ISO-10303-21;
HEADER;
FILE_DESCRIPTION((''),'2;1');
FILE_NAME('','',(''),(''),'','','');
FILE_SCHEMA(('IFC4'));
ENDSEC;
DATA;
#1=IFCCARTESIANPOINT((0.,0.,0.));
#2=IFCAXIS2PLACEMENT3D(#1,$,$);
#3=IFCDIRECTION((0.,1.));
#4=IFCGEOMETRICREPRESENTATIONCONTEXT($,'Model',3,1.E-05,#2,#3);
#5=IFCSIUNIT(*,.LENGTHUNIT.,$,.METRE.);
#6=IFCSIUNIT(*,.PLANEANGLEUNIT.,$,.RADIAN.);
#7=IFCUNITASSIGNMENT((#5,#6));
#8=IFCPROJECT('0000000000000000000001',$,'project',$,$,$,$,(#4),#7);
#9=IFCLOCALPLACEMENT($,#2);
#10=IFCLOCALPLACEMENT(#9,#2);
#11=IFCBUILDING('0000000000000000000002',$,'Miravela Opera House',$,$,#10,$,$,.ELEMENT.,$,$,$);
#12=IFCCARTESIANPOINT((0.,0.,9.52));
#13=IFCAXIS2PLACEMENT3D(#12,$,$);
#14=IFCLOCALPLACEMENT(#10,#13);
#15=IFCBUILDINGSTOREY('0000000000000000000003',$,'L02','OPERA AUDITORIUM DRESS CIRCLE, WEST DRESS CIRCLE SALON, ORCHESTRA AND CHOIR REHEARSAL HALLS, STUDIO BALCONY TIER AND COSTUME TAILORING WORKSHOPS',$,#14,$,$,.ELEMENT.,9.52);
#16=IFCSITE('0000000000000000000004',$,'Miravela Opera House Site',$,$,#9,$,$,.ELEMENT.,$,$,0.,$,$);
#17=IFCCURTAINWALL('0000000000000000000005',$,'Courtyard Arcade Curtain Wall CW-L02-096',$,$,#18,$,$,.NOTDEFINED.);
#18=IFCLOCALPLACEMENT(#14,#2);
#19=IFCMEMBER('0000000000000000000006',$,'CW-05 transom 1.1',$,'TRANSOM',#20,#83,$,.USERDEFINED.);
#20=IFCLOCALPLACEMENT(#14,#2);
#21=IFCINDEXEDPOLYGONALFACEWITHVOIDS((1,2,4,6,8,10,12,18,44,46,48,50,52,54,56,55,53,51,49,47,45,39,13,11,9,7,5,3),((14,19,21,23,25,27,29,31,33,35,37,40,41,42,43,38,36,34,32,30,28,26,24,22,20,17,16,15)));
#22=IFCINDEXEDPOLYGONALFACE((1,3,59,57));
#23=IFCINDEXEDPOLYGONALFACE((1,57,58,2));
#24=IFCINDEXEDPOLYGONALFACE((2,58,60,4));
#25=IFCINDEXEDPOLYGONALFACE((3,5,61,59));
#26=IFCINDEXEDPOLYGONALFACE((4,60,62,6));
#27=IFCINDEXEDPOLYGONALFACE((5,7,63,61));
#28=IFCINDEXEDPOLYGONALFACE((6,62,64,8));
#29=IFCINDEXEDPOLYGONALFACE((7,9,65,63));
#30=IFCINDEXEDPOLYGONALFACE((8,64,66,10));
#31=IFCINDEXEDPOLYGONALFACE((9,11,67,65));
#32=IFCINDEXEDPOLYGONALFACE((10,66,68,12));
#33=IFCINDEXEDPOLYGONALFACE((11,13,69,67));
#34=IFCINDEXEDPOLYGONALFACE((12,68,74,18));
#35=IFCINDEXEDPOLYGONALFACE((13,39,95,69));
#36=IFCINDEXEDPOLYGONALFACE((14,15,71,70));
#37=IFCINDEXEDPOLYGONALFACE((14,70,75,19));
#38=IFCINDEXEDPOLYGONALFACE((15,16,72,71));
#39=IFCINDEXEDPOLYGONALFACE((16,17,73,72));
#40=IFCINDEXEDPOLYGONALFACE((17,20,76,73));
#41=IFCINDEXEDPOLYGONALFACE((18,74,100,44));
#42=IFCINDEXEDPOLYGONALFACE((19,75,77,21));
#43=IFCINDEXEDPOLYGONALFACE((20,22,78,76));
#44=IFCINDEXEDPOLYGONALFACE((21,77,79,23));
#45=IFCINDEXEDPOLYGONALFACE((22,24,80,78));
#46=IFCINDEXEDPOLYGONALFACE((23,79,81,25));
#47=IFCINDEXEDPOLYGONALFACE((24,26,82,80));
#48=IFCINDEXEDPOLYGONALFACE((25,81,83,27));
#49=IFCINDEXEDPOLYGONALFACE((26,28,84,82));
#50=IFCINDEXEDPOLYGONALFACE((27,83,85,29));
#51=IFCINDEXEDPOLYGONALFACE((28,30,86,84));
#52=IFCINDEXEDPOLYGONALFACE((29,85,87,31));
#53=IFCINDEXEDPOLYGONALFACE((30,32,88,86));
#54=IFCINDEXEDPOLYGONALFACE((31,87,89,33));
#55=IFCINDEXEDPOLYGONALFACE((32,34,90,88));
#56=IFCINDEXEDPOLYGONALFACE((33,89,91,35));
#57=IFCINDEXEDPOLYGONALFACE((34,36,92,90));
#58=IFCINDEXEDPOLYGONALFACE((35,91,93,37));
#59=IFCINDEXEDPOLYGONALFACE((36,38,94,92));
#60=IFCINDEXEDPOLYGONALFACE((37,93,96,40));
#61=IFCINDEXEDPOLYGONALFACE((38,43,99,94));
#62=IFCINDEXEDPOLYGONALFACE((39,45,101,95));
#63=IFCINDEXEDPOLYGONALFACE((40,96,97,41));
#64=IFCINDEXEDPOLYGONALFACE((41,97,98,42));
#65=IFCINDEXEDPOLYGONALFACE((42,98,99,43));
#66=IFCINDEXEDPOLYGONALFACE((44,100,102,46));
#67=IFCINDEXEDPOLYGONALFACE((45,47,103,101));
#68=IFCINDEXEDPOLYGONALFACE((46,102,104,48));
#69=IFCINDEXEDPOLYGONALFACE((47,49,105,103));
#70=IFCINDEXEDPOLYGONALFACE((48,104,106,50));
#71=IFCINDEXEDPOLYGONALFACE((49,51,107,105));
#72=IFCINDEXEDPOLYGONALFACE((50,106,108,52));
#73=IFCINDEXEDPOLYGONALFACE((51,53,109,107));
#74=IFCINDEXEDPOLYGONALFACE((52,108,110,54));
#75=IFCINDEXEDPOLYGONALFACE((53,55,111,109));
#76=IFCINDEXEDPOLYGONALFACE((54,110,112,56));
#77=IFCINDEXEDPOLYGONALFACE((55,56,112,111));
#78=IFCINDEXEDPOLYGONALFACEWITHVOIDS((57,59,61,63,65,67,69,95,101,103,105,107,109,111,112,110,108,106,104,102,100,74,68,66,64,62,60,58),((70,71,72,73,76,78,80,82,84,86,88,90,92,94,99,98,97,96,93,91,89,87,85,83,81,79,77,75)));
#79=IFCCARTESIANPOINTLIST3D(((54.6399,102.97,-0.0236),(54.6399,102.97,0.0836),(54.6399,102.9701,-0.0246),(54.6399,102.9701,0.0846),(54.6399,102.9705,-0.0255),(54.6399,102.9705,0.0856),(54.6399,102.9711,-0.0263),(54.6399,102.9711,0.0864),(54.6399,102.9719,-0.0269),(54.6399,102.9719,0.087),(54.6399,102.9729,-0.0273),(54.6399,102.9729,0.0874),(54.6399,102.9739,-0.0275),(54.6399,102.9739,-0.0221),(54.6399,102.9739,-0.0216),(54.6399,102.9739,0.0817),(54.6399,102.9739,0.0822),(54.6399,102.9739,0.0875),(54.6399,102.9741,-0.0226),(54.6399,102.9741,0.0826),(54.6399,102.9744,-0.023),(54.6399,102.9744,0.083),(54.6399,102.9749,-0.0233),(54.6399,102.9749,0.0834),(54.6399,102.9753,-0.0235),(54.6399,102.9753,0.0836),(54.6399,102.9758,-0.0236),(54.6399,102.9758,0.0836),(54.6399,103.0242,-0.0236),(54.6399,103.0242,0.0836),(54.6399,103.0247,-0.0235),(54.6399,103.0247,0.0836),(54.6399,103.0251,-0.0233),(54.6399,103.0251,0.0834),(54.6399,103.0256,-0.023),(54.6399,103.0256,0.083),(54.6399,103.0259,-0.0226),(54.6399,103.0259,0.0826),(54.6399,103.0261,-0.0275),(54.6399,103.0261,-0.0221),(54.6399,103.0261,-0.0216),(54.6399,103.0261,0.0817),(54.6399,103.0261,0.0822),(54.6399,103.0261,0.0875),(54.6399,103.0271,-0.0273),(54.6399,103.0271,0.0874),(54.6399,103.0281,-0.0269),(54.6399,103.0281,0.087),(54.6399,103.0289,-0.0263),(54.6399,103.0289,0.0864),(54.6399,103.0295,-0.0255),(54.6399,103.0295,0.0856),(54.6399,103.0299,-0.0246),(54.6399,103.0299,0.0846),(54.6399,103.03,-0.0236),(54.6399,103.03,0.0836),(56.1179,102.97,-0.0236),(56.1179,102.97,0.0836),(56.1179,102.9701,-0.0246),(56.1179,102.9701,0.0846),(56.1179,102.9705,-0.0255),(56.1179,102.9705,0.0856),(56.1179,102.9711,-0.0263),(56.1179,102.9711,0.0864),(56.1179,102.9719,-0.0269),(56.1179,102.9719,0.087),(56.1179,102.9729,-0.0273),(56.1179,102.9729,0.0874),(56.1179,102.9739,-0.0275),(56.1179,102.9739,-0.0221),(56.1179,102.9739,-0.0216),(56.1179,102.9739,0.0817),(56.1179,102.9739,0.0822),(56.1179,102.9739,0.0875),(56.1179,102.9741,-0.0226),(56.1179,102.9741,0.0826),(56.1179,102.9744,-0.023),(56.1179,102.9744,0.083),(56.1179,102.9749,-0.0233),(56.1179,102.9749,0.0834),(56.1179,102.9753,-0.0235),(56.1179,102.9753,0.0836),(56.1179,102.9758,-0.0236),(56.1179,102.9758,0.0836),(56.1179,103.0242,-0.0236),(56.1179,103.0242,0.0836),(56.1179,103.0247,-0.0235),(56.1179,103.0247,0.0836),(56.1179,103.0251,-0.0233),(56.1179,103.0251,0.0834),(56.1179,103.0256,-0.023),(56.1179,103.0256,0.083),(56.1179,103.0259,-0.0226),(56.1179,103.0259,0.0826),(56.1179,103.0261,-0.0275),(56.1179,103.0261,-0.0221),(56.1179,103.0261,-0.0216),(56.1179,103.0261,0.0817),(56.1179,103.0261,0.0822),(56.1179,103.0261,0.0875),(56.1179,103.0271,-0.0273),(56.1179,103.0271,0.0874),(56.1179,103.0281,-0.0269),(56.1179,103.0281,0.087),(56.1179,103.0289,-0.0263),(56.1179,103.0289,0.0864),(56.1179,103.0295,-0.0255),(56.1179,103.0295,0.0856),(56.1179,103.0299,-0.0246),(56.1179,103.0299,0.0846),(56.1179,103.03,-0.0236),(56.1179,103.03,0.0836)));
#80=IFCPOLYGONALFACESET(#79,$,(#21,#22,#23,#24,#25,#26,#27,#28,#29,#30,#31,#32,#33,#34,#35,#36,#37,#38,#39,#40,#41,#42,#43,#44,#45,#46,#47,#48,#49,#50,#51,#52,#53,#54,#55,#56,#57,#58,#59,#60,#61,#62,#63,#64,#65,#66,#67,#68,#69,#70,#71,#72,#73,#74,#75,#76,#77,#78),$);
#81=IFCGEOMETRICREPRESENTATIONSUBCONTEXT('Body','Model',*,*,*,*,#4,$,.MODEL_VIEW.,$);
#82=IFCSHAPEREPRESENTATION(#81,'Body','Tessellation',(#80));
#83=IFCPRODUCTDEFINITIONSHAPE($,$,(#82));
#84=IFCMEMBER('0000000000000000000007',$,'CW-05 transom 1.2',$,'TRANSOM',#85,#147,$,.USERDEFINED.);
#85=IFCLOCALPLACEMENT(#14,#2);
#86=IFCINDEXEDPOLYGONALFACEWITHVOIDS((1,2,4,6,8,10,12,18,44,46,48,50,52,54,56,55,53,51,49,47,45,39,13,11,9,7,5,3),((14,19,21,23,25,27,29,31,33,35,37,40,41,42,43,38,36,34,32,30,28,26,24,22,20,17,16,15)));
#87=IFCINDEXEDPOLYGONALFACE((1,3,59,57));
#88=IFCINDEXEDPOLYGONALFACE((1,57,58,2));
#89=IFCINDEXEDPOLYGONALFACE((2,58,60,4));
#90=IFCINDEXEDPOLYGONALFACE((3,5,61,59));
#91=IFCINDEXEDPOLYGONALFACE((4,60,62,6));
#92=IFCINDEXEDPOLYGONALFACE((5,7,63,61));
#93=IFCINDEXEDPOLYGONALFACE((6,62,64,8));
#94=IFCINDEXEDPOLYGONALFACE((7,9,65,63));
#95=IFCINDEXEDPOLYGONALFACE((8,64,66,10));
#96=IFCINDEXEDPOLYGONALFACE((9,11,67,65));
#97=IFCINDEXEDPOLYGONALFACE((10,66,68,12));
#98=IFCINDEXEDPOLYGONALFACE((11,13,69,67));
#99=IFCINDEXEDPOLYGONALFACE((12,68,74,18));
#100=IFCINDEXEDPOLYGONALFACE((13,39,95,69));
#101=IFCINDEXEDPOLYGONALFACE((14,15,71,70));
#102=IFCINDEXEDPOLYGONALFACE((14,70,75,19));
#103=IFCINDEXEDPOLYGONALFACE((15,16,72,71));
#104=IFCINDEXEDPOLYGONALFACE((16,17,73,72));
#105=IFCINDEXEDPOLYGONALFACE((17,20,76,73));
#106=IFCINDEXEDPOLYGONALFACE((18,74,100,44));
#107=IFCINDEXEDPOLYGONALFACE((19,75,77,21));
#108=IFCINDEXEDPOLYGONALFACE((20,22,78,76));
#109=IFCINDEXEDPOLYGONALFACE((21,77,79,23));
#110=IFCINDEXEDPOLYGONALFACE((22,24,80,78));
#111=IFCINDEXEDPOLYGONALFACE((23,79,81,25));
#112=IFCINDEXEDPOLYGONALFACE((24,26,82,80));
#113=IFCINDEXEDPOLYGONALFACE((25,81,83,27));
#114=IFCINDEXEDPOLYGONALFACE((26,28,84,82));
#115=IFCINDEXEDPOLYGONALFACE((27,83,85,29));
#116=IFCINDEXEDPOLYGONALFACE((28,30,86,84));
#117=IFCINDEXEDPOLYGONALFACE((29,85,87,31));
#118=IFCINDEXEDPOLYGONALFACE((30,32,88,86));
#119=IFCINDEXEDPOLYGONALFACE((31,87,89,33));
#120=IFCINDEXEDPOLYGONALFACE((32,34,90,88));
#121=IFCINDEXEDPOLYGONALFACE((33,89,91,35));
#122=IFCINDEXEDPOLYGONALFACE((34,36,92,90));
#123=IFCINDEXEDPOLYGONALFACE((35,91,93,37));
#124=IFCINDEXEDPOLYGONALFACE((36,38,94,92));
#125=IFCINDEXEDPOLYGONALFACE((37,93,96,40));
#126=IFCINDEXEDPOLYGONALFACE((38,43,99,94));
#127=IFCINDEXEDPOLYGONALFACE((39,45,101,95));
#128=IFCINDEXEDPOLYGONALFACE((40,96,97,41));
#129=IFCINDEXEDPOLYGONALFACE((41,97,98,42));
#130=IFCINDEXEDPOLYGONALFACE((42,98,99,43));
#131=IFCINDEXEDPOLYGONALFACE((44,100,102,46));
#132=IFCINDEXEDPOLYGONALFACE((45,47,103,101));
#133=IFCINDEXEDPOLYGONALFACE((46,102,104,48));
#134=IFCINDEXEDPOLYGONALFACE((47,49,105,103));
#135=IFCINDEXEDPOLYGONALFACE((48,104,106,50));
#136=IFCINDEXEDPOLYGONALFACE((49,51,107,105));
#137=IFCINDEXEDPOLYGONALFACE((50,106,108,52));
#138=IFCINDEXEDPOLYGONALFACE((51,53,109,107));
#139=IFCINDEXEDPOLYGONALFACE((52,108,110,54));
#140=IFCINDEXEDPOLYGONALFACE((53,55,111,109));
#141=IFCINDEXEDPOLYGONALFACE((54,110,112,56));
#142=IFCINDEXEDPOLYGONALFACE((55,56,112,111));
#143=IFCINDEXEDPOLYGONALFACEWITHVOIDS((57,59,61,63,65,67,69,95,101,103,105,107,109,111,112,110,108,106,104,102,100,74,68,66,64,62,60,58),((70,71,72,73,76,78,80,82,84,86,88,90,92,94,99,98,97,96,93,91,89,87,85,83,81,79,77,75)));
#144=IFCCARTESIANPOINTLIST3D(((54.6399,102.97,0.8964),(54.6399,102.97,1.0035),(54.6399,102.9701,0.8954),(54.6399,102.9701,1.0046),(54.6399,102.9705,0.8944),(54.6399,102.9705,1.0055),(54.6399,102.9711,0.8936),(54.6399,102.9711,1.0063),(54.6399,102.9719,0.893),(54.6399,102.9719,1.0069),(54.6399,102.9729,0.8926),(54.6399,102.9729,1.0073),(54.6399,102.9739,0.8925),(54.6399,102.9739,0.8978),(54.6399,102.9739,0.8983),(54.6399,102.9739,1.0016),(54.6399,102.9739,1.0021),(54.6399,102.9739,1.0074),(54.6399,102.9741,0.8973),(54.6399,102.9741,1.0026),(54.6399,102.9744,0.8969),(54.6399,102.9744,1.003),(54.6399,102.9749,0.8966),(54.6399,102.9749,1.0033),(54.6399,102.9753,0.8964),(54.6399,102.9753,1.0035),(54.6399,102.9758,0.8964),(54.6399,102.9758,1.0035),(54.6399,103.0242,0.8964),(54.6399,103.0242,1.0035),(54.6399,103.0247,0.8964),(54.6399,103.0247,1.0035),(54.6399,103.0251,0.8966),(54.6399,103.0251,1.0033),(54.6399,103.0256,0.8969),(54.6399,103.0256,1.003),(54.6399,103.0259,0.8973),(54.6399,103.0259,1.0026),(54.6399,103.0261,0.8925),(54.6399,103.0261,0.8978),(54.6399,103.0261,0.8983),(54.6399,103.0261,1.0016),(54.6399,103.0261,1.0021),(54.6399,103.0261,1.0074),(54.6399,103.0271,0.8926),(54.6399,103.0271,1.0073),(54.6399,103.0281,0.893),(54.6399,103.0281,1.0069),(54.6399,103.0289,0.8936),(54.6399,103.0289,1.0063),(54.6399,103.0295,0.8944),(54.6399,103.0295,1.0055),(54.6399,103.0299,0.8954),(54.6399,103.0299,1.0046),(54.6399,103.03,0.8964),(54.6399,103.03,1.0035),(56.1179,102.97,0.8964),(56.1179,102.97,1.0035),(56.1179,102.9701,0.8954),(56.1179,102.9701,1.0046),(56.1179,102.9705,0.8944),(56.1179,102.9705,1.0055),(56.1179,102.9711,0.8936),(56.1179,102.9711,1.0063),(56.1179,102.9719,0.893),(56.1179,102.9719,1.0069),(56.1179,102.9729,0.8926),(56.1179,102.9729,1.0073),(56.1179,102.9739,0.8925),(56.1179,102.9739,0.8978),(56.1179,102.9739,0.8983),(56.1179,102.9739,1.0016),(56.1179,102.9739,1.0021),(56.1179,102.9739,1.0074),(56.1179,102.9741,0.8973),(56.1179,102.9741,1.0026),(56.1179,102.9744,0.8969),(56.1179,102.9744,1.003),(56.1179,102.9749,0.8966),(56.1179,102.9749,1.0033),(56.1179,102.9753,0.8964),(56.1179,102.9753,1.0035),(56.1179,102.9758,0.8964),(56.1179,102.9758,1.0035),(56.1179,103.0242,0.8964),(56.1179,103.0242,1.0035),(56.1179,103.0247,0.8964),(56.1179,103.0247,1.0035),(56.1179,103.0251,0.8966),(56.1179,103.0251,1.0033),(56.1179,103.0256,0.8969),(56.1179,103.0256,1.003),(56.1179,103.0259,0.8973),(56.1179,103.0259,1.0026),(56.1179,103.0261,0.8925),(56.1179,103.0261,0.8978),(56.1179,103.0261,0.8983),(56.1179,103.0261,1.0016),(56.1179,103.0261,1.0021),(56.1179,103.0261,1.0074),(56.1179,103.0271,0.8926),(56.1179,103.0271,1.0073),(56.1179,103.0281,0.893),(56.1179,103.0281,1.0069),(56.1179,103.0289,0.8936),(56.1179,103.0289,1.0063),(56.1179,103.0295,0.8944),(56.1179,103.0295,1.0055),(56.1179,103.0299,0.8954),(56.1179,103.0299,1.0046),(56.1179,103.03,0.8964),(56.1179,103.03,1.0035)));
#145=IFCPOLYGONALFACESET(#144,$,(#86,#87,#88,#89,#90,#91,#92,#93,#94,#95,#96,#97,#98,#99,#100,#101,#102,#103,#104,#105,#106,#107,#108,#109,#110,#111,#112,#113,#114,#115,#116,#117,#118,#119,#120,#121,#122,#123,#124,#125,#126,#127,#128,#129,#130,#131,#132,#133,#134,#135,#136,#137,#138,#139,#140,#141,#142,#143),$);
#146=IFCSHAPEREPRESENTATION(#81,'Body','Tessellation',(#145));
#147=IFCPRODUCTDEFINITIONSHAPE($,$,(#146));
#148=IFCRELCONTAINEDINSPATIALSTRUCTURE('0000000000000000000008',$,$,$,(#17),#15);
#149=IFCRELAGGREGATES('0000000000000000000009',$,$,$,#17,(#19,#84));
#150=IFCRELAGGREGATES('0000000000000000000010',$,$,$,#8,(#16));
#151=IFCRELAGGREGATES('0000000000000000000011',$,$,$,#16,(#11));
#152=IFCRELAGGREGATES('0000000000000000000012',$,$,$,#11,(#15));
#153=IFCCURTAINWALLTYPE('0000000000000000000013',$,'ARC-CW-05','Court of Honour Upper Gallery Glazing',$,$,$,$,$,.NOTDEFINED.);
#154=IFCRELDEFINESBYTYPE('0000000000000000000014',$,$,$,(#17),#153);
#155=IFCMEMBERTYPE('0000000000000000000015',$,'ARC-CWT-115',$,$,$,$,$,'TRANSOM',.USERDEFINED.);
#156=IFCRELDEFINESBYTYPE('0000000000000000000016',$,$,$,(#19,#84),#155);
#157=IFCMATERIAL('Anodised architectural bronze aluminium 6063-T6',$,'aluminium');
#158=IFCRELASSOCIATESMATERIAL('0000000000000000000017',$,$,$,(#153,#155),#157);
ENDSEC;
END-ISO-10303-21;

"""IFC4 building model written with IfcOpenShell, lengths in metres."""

from ifc_helpers import new_model, si_unit, direction, frame, origin, origin_2d, place, context, subcontext, project, spatial, hollow_rectangle, extrude, material, material_profile, profile_set, type_object, element, aggregate, save


model = new_model("IFC4")

# Units and contexts
model_context = context("Model", 3, precision=1e-05, world=origin(), true_north=direction((0.0, 1.0)))
body_context = subcontext(model_context, "Body", "Model", "MODEL_VIEW")
ifc_project = project(units=[si_unit("LENGTHUNIT", "METRE"), si_unit("PLANEANGLEUNIT", "RADIAN")], contexts=[model_context])

# Site, building, storey
site_placement = place(None, origin())
site = spatial("IfcSite", under=ifc_project, at=site_placement, Name="Miravela Opera House Site", CompositionType="ELEMENT", RefElevation=0.0)
building_placement = place(site_placement, origin())
building = spatial("IfcBuilding", under=site, at=building_placement, Name="Miravela Opera House", CompositionType="ELEMENT")
storey_placement = place(building_placement, frame((0.0, 0.0, 9.52)))
storey = spatial("IfcBuildingStorey", under=building, at=storey_placement, Name="L02", Description="OPERA AUDITORIUM DRESS CIRCLE, WEST DRESS CIRCLE SALON, ORCHESTRA AND CHOIR REHEARSAL HALLS, STUDIO BALCONY TIER AND COSTUME TAILORING WORKSHOPS", CompositionType="ELEMENT", Elevation=9.52)

# Shared definitions
ifc_material_1 = material(Name="Anodised architectural bronze aluminium 6063-T6", Category="aluminium")
curtain_wall_type = type_object("IfcCurtainWallType", Name="ARC-CW-05", Description="Court of Honour Upper Gallery Glazing", PredefinedType="NOTDEFINED", material=ifc_material_1)

# Curtain wall
curtain_wall_1_placement = place(storey_placement, origin())
curtain_wall_1 = element("IfcCurtainWall", 1, at=curtain_wall_1_placement, inside=storey, type_object=curtain_wall_type, Name="Courtyard Arcade Curtain Wall CW-L02-096", PredefinedType="NOTDEFINED")

# Members
ifc_material_profile_1 = material_profile(ifc_material_1, hollow_rectangle(XDim=0.0601, YDim=0.115, WallThickness=0.0039, InnerFilletRadius=0.002, OuterFilletRadius=0.0039, at=origin_2d()), Name="CWT-60X115")
ifc_profile_set_1 = profile_set([ifc_material_profile_1])
member_type_1 = type_object("IfcMemberType", Name="ARC-CWT-115", ElementType="TRANSOM", PredefinedType="USERDEFINED", material=ifc_profile_set_1)
member_1_placement = place(storey_placement, frame((54.6399, 103.0, 0.03), z_axis=(1.0, 0.0, 0.0), x_axis=(0.0, 1.0, 0.0)))
member_1 = element("IfcMember", 2, at=member_1_placement, type_object=member_type_1, Name="CW-05 transom 1.1", ObjectType="TRANSOM", PredefinedType="USERDEFINED", context=body_context, shape_type="SweptSolid", body=[
    extrude(hollow_rectangle(XDim=0.0601, YDim=0.115, WallThickness=0.0039, InnerFilletRadius=0.002, OuterFilletRadius=0.0039, at=origin_2d()), origin(), (0.0, 0.0, 1.0), 1.478),
])
member_2_placement = place(storey_placement, frame((54.6399, 103.0, 0.95), z_axis=(1.0, 0.0, 0.0), x_axis=(0.0, 1.0, 0.0)))
member_2 = element("IfcMember", 3, at=member_2_placement, type_object=member_type_1, Name="CW-05 transom 1.2", ObjectType="TRANSOM", PredefinedType="USERDEFINED", context=body_context, shape_type="SweptSolid", body=[
    extrude(hollow_rectangle(XDim=0.0601, YDim=0.115, WallThickness=0.0039, InnerFilletRadius=0.002, OuterFilletRadius=0.0039, at=origin_2d()), origin(), (0.0, 0.0, 1.0), 1.478),
])

aggregate(curtain_wall_1, [member_1, member_2])

save(model, "model.ifc")
